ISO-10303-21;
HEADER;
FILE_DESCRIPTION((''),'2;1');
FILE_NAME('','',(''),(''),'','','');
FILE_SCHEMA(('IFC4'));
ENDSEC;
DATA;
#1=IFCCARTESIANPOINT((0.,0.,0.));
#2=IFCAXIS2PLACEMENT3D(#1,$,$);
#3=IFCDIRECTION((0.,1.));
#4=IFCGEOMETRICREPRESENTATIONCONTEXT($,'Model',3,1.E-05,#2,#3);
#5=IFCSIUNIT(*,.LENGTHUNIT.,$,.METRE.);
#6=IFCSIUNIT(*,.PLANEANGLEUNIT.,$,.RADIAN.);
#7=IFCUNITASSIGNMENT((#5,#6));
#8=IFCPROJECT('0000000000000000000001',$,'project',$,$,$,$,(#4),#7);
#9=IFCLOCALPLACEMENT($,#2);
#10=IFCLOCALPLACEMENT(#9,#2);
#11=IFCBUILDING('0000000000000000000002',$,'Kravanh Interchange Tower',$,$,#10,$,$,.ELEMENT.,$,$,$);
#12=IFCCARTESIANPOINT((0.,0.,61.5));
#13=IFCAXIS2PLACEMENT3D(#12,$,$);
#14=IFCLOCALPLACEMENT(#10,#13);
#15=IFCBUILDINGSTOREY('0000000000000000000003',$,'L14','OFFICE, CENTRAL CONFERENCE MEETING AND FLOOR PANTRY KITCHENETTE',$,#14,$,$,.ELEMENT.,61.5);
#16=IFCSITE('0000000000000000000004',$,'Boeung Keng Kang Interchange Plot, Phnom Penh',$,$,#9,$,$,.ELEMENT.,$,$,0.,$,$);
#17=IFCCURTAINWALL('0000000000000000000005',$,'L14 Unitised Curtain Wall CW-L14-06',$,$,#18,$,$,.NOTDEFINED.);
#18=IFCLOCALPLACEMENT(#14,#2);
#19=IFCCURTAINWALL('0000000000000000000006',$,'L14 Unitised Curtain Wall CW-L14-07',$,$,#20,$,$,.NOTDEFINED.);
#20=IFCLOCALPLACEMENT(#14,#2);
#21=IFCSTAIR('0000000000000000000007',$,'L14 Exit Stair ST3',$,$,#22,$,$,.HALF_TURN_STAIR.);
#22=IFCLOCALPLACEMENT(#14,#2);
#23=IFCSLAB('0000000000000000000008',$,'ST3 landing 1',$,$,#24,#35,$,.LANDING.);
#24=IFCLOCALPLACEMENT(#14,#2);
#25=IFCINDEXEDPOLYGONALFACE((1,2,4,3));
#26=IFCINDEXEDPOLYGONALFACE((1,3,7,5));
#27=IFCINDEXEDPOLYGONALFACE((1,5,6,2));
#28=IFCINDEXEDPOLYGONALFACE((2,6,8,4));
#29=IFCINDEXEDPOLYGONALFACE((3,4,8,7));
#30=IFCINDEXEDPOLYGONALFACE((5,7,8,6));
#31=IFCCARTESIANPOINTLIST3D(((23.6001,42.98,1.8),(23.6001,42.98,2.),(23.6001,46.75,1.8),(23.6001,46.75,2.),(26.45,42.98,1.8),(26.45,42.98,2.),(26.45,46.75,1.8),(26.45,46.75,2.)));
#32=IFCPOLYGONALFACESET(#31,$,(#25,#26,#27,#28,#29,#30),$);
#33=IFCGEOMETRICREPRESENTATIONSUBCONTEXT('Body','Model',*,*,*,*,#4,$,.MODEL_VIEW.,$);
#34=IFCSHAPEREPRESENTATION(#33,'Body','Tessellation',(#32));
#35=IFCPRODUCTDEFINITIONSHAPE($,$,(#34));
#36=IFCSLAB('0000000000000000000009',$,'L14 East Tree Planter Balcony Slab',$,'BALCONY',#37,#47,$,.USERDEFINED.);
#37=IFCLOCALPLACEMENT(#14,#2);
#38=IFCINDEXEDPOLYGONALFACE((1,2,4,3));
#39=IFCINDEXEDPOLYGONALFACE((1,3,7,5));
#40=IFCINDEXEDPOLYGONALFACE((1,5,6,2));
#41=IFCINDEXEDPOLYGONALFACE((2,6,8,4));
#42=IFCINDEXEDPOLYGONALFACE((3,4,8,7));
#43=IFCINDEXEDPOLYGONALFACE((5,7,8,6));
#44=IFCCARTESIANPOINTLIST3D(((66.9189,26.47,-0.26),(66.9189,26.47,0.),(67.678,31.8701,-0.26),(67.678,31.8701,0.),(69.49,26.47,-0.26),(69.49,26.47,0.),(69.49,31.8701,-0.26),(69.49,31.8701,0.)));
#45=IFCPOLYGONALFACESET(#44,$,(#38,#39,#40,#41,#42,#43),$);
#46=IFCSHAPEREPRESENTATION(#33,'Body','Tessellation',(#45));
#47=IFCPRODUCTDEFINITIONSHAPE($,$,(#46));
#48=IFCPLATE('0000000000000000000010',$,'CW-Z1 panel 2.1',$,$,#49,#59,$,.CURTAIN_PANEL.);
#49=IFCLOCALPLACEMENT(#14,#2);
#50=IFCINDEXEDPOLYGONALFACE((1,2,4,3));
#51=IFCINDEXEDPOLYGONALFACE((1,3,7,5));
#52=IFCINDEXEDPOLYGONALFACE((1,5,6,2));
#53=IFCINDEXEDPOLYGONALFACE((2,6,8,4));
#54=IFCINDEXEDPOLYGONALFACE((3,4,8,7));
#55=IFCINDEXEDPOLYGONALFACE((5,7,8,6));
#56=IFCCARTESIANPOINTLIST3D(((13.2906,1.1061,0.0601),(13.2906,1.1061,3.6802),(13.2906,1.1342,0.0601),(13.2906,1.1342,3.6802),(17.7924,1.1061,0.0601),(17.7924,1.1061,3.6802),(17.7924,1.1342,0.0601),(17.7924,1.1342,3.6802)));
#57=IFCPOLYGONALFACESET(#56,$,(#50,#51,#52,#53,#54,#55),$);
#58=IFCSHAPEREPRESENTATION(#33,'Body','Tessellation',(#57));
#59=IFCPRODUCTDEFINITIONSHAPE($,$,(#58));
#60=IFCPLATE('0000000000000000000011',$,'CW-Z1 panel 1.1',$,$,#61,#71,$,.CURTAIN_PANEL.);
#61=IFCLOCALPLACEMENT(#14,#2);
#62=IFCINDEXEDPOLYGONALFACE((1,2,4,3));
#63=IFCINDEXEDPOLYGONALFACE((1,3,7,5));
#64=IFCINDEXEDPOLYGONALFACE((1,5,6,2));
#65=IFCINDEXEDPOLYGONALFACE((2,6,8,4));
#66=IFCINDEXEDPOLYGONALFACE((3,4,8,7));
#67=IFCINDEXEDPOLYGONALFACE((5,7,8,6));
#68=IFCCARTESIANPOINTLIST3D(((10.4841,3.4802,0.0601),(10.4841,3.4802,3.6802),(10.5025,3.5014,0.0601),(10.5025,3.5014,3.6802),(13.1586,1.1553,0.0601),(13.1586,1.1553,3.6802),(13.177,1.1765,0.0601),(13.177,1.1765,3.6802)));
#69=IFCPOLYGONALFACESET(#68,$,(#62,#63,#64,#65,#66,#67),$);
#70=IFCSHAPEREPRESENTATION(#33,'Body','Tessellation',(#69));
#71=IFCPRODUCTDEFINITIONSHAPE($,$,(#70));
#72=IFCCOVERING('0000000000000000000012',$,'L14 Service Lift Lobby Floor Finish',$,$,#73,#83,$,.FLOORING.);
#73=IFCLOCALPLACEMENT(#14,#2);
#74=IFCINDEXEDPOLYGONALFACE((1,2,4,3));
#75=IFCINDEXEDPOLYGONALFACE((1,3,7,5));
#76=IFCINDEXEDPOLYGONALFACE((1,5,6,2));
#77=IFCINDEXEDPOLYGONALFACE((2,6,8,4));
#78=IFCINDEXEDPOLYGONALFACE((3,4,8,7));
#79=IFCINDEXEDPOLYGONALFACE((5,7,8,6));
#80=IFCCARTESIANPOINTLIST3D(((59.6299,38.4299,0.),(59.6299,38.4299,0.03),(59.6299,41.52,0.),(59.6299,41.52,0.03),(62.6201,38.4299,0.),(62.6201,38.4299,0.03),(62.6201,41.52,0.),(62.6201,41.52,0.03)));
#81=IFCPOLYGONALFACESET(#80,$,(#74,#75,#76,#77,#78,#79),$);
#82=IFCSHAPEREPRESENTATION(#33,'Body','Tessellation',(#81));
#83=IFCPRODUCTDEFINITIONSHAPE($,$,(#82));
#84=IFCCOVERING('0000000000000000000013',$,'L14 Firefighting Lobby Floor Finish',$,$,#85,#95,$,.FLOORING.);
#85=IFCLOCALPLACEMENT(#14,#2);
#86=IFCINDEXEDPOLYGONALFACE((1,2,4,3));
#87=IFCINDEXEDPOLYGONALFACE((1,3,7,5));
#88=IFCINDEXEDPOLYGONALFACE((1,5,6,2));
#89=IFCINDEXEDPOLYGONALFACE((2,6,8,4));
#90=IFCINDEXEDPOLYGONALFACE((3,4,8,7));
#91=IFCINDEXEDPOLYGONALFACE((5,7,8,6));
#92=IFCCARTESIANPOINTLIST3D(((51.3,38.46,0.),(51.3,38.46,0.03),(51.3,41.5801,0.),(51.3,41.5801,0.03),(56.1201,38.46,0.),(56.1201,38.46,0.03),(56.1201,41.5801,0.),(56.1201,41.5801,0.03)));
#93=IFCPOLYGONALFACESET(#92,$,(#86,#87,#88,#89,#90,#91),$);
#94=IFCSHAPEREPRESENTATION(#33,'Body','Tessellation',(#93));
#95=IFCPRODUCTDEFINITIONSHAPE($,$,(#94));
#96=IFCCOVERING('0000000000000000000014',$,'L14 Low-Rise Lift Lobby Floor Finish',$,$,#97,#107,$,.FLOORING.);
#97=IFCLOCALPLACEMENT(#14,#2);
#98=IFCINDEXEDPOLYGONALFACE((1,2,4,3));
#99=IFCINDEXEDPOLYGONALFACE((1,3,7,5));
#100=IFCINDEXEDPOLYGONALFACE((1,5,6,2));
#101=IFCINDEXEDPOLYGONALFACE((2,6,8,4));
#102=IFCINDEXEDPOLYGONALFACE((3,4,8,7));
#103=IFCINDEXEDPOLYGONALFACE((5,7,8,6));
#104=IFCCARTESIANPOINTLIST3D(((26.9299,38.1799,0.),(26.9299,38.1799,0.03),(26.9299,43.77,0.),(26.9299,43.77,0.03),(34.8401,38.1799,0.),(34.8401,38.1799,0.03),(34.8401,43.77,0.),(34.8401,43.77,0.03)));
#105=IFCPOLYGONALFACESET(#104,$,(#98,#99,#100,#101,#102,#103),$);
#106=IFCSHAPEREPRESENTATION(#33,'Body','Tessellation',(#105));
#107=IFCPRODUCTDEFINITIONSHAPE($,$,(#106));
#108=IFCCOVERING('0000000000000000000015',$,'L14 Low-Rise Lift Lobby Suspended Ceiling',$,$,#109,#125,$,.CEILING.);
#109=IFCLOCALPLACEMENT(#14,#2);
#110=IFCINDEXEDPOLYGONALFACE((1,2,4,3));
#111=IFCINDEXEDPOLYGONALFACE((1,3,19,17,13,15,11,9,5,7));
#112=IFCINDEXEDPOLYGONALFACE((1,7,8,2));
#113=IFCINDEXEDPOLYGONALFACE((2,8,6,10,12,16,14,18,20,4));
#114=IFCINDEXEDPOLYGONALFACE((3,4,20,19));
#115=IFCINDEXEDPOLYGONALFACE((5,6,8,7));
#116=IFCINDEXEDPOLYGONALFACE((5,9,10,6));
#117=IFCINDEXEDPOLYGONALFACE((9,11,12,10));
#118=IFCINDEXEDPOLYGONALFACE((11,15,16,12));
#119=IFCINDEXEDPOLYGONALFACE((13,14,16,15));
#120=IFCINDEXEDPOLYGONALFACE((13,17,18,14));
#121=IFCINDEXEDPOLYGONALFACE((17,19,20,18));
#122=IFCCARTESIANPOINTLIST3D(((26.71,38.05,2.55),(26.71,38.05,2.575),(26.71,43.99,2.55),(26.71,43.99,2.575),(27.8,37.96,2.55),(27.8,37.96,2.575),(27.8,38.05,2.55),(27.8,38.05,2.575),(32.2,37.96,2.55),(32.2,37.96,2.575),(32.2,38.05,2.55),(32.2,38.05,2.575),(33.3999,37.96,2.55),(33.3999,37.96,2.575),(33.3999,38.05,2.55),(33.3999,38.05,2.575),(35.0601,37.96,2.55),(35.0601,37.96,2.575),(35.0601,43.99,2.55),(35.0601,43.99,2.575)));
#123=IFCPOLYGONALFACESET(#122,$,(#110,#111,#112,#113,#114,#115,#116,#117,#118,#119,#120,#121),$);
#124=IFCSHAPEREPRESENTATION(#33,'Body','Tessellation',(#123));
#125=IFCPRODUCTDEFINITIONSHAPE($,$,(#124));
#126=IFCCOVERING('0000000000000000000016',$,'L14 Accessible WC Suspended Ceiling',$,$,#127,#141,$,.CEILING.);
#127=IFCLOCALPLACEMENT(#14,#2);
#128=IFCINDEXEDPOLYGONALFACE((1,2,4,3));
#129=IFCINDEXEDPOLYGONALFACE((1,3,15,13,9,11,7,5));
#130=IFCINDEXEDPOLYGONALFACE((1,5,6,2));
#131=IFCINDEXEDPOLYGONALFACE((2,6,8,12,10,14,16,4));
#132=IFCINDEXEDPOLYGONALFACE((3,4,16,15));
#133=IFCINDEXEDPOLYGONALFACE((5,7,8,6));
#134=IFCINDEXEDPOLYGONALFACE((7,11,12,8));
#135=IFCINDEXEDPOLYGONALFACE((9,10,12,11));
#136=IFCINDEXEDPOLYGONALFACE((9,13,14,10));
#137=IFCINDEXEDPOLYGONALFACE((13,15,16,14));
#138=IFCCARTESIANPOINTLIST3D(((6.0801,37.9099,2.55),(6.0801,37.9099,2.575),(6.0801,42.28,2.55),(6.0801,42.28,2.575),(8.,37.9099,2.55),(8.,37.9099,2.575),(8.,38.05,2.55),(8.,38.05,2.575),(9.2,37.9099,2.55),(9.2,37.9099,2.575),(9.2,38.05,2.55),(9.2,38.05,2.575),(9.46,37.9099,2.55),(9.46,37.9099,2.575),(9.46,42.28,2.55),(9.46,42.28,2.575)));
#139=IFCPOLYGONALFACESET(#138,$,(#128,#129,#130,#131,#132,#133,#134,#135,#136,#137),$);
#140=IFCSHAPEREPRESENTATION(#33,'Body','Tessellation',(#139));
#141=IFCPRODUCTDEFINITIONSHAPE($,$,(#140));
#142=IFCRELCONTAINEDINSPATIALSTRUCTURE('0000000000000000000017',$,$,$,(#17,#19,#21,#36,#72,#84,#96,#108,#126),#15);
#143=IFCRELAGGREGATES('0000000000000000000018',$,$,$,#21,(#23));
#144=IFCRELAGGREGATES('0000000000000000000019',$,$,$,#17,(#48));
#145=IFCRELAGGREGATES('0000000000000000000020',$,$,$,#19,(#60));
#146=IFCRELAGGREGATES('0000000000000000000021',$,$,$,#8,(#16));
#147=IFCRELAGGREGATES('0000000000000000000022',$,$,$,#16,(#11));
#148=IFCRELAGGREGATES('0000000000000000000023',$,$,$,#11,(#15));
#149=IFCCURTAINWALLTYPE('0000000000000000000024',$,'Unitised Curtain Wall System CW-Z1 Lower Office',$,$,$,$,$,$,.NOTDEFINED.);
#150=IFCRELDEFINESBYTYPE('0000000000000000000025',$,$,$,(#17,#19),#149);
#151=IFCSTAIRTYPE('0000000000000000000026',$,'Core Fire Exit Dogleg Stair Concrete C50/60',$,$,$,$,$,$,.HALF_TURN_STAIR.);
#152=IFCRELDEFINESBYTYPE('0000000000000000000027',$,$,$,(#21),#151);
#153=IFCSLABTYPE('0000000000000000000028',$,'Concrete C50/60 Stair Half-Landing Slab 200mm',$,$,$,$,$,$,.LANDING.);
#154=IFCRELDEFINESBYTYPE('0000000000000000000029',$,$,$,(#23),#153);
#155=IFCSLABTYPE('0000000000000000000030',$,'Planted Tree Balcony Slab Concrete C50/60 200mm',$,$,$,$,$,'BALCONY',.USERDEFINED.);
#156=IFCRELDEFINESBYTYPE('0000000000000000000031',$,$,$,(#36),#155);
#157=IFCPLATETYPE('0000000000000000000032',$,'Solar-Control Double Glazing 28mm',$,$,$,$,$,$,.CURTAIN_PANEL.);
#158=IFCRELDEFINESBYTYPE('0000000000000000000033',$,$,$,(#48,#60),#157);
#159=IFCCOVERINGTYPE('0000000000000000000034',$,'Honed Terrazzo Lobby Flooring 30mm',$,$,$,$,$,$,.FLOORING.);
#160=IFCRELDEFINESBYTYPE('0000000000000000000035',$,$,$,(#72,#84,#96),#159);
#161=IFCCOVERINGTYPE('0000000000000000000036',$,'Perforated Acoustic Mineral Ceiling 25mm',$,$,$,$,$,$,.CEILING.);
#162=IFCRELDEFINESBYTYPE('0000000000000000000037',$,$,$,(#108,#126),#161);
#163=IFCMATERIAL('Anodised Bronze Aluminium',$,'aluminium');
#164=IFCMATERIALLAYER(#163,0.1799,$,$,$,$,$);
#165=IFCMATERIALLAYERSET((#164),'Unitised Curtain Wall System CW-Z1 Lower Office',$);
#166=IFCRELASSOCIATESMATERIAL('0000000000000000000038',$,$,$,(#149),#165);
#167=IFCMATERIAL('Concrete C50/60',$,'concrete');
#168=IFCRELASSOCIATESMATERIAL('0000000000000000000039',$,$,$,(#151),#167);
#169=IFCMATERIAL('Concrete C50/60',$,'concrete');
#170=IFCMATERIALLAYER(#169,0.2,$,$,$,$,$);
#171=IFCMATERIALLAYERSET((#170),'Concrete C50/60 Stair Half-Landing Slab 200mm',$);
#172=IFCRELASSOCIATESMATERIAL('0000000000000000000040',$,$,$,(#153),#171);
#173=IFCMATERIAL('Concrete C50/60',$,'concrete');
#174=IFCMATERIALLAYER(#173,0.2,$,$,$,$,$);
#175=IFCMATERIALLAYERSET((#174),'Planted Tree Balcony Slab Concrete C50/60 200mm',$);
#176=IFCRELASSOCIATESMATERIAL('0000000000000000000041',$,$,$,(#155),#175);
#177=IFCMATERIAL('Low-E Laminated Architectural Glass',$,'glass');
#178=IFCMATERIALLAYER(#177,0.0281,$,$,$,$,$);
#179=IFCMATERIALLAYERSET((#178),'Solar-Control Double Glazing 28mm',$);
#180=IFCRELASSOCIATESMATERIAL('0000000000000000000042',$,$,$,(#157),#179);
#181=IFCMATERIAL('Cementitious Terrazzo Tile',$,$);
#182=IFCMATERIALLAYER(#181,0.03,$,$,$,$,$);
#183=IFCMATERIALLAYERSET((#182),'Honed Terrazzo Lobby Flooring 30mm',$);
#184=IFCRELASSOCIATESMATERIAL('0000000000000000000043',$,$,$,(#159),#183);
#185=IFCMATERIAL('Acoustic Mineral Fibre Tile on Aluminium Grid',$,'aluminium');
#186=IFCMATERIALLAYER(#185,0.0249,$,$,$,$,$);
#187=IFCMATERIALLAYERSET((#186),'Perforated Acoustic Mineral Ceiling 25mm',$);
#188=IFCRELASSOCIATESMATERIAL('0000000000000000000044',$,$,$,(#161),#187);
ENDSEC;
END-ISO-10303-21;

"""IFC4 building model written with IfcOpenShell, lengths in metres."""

from ifc_helpers import new_model, si_unit, direction, frame, origin, origin_2d, place, context, subcontext, project, spatial, polyline, rectangle, outline, extrude, material, layer, layer_set, type_object, element, aggregate, save


model = new_model("IFC4")

# Units and contexts
model_context = context("Model", 3, precision=1e-05, world=origin(), true_north=direction((0.0, 1.0)))
body_context = subcontext(model_context, "Body", "Model", "MODEL_VIEW")
ifc_project = project(units=[si_unit("LENGTHUNIT", "METRE"), si_unit("PLANEANGLEUNIT", "RADIAN")], contexts=[model_context])

# Site, building, storey
site_placement = place(None, origin())
site = spatial("IfcSite", under=ifc_project, at=site_placement, Name="Boeung Keng Kang Interchange Plot, Phnom Penh", CompositionType="ELEMENT", RefElevation=0.0)
building_placement = place(site_placement, origin())
building = spatial("IfcBuilding", under=site, at=building_placement, Name="Kravanh Interchange Tower", CompositionType="ELEMENT")
storey_placement = place(building_placement, frame((0.0, 0.0, 61.5)))
storey = spatial("IfcBuildingStorey", under=building, at=storey_placement, Name="L14", Description="OFFICE, CENTRAL CONFERENCE MEETING AND FLOOR PANTRY KITCHENETTE", CompositionType="ELEMENT", Elevation=61.5)

# Curtain wall
ifc_material_1 = material(Name="Anodised Bronze Aluminium", Category="aluminium")
ifc_layer_1 = layer(ifc_material_1, 0.1799)
ifc_layer_set_1 = layer_set([ifc_layer_1], Name="Unitised Curtain Wall System CW-Z1 Lower Office")
curtain_wall_type = type_object("IfcCurtainWallType", Name="Unitised Curtain Wall System CW-Z1 Lower Office", PredefinedType="NOTDEFINED", material=ifc_layer_set_1)
curtain_wall_1_placement = place(storey_placement, origin())
curtain_wall_1 = element("IfcCurtainWall", 1, at=curtain_wall_1_placement, inside=storey, type_object=curtain_wall_type, Name="L14 Unitised Curtain Wall CW-L14-06", PredefinedType="NOTDEFINED")

# Curtain wall
curtain_wall_2_placement = place(storey_placement, origin())
curtain_wall_2 = element("IfcCurtainWall", 2, at=curtain_wall_2_placement, inside=storey, type_object=curtain_wall_type, Name="L14 Unitised Curtain Wall CW-L14-07", PredefinedType="NOTDEFINED")

# Stair, slab
ifc_material_2 = material(Name="Concrete C50/60", Category="concrete")
stair_type = type_object("IfcStairType", Name="Core Fire Exit Dogleg Stair Concrete C50/60", PredefinedType="HALF_TURN_STAIR", material=ifc_material_2)
ifc_material_3 = material(Name="Concrete C50/60", Category="concrete")
ifc_layer_2 = layer(ifc_material_3, 0.2)
ifc_layer_set_2 = layer_set([ifc_layer_2], Name="Concrete C50/60 Stair Half-Landing Slab 200mm")
slab_type_1 = type_object("IfcSlabType", Name="Concrete C50/60 Stair Half-Landing Slab 200mm", PredefinedType="LANDING", material=ifc_layer_set_2)
stair_1_placement = place(storey_placement, origin())
stair_1 = element("IfcStair", 3, at=stair_1_placement, inside=storey, type_object=stair_type, Name="L14 Exit Stair ST3", PredefinedType="HALF_TURN_STAIR")
slab_1_placement = place(storey_placement, frame((0.0, 0.0, 1.8)))
slab_1 = element("IfcSlab", 4, at=slab_1_placement, type_object=slab_type_1, Name="ST3 landing 1", PredefinedType="LANDING", context=body_context, shape_type="SweptSolid", body=[
    extrude(outline(polyline([(26.45, 42.98), (26.45, 46.75), (23.6001, 46.75), (23.6001, 42.98), (26.45, 42.98)])), origin(), (0.0, 0.0, 1.0), 0.2),
])
aggregate(stair_1, [slab_1])

# Slab
ifc_material_4 = material(Name="Concrete C50/60", Category="concrete")
ifc_layer_3 = layer(ifc_material_4, 0.2)
ifc_layer_set_3 = layer_set([ifc_layer_3], Name="Planted Tree Balcony Slab Concrete C50/60 200mm")
slab_type_2 = type_object("IfcSlabType", Name="Planted Tree Balcony Slab Concrete C50/60 200mm", ElementType="BALCONY", PredefinedType="USERDEFINED", material=ifc_layer_set_3)
slab_2_placement = place(storey_placement, frame((0.0, 0.0, -0.26)))
element("IfcSlab", 5, at=slab_2_placement, inside=storey, type_object=slab_type_2, Name="L14 East Tree Planter Balcony Slab", ObjectType="BALCONY", PredefinedType="USERDEFINED", context=body_context, shape_type="SweptSolid", body=[
    extrude(outline(polyline([(69.49, 31.8701), (69.49, 26.47), (66.9189, 26.47), (67.678, 31.8701), (69.49, 31.8701)])), origin(), (0.0, 0.0, 1.0), 0.26),
])

# Plates
ifc_material_5 = material(Name="Low-E Laminated Architectural Glass", Category="glass")
ifc_layer_4 = layer(ifc_material_5, 0.0281)
ifc_layer_set_4 = layer_set([ifc_layer_4], Name="Solar-Control Double Glazing 28mm")
plate_type = type_object("IfcPlateType", Name="Solar-Control Double Glazing 28mm", PredefinedType="CURTAIN_PANEL", material=ifc_layer_set_4)
plate_1_placement = place(storey_placement, frame((15.5415, 1.1201, 0.0601), z_axis=(0.0, 0.0, 1.0), x_axis=(-1.0, 0.0, 0.0)))
plate_1 = element("IfcPlate", 6, at=plate_1_placement, type_object=plate_type, Name="CW-Z1 panel 2.1", PredefinedType="CURTAIN_PANEL", context=body_context, shape_type="SweptSolid", body=[
    extrude(rectangle(XDim=4.5017, YDim=0.0281, at=origin_2d()), origin(), (0.0, 0.0, 1.0), 3.6201),
])
aggregate(curtain_wall_1, [plate_1])
plate_2_placement = place(storey_placement, frame((11.8306, 2.3284, 0.0601), z_axis=(0.0, 0.0, 1.0), x_axis=(-0.754708, 0.65606, 0.0)))
plate_2 = element("IfcPlate", 7, at=plate_2_placement, type_object=plate_type, Name="CW-Z1 panel 1.1", PredefinedType="CURTAIN_PANEL", context=body_context, shape_type="SweptSolid", body=[
    extrude(rectangle(XDim=3.5437, YDim=0.0281, at=origin_2d()), origin(), (0.0, 0.0, 1.0), 3.6201),
])
aggregate(curtain_wall_2, [plate_2])

# Coverings
ifc_material_6 = material(Name="Cementitious Terrazzo Tile")
ifc_layer_5 = layer(ifc_material_6, 0.03)
ifc_layer_set_5 = layer_set([ifc_layer_5], Name="Honed Terrazzo Lobby Flooring 30mm")
covering_type_1 = type_object("IfcCoveringType", Name="Honed Terrazzo Lobby Flooring 30mm", PredefinedType="FLOORING", material=ifc_layer_set_5)
covering_1_placement = place(storey_placement, origin())
element("IfcCovering", 8, at=covering_1_placement, inside=storey, type_object=covering_type_1, Name="L14 Service Lift Lobby Floor Finish", PredefinedType="FLOORING", context=body_context, shape_type="SweptSolid", body=[
    extrude(outline(polyline([(59.6299, 41.52), (62.6201, 41.52), (62.6201, 38.4299), (59.6299, 38.4299), (59.6299, 41.52)])), origin(), (0.0, 0.0, 1.0), 0.03),
])
covering_2_placement = place(storey_placement, origin())
element("IfcCovering", 9, at=covering_2_placement, inside=storey, type_object=covering_type_1, Name="L14 Firefighting Lobby Floor Finish", PredefinedType="FLOORING", context=body_context, shape_type="SweptSolid", body=[
    extrude(outline(polyline([(56.1201, 38.46), (51.3, 38.46), (51.3, 41.5801), (56.1201, 41.5801), (56.1201, 38.46)])), origin(), (0.0, 0.0, 1.0), 0.03),
])
covering_3_placement = place(storey_placement, origin())
element("IfcCovering", 10, at=covering_3_placement, inside=storey, type_object=covering_type_1, Name="L14 Low-Rise Lift Lobby Floor Finish", PredefinedType="FLOORING", context=body_context, shape_type="SweptSolid", body=[
    extrude(outline(polyline([(26.9299, 43.77), (34.8401, 43.77), (34.8401, 38.1799), (26.9299, 38.1799), (26.9299, 43.77)])), origin(), (0.0, 0.0, 1.0), 0.03),
])
ifc_material_7 = material(Name="Acoustic Mineral Fibre Tile on Aluminium Grid", Category="aluminium")
ifc_layer_6 = layer(ifc_material_7, 0.0249)
ifc_layer_set_6 = layer_set([ifc_layer_6], Name="Perforated Acoustic Mineral Ceiling 25mm")
covering_type_2 = type_object("IfcCoveringType", Name="Perforated Acoustic Mineral Ceiling 25mm", PredefinedType="CEILING", material=ifc_layer_set_6)
covering_4_placement = place(storey_placement, frame((0.0, 0.0, 2.55)))
element("IfcCovering", 11, at=covering_4_placement, inside=storey, type_object=covering_type_2, Name="L14 Low-Rise Lift Lobby Suspended Ceiling", PredefinedType="CEILING", context=body_context, shape_type="SweptSolid", body=[
    extrude(outline(polyline([(35.0601, 37.96), (33.3999, 37.96), (33.3999, 38.05), (32.2, 38.05), (32.2, 37.96), (27.8, 37.96), (27.8, 38.05), (26.71, 38.05), (26.71, 43.99), (35.0601, 43.99), (35.0601, 37.96)])), origin(), (0.0, 0.0, 1.0), 0.0249),
])
covering_5_placement = place(storey_placement, frame((0.0, 0.0, 2.55)))
element("IfcCovering", 12, at=covering_5_placement, inside=storey, type_object=covering_type_2, Name="L14 Accessible WC Suspended Ceiling", PredefinedType="CEILING", context=body_context, shape_type="SweptSolid", body=[
    extrude(outline(polyline([(9.46, 42.28), (9.46, 37.9099), (9.2, 37.9099), (9.2, 38.05), (8.0, 38.05), (8.0, 37.9099), (6.0801, 37.9099), (6.0801, 42.28), (9.46, 42.28)])), origin(), (0.0, 0.0, 1.0), 0.0249),
])

save(model, "model.ifc")
